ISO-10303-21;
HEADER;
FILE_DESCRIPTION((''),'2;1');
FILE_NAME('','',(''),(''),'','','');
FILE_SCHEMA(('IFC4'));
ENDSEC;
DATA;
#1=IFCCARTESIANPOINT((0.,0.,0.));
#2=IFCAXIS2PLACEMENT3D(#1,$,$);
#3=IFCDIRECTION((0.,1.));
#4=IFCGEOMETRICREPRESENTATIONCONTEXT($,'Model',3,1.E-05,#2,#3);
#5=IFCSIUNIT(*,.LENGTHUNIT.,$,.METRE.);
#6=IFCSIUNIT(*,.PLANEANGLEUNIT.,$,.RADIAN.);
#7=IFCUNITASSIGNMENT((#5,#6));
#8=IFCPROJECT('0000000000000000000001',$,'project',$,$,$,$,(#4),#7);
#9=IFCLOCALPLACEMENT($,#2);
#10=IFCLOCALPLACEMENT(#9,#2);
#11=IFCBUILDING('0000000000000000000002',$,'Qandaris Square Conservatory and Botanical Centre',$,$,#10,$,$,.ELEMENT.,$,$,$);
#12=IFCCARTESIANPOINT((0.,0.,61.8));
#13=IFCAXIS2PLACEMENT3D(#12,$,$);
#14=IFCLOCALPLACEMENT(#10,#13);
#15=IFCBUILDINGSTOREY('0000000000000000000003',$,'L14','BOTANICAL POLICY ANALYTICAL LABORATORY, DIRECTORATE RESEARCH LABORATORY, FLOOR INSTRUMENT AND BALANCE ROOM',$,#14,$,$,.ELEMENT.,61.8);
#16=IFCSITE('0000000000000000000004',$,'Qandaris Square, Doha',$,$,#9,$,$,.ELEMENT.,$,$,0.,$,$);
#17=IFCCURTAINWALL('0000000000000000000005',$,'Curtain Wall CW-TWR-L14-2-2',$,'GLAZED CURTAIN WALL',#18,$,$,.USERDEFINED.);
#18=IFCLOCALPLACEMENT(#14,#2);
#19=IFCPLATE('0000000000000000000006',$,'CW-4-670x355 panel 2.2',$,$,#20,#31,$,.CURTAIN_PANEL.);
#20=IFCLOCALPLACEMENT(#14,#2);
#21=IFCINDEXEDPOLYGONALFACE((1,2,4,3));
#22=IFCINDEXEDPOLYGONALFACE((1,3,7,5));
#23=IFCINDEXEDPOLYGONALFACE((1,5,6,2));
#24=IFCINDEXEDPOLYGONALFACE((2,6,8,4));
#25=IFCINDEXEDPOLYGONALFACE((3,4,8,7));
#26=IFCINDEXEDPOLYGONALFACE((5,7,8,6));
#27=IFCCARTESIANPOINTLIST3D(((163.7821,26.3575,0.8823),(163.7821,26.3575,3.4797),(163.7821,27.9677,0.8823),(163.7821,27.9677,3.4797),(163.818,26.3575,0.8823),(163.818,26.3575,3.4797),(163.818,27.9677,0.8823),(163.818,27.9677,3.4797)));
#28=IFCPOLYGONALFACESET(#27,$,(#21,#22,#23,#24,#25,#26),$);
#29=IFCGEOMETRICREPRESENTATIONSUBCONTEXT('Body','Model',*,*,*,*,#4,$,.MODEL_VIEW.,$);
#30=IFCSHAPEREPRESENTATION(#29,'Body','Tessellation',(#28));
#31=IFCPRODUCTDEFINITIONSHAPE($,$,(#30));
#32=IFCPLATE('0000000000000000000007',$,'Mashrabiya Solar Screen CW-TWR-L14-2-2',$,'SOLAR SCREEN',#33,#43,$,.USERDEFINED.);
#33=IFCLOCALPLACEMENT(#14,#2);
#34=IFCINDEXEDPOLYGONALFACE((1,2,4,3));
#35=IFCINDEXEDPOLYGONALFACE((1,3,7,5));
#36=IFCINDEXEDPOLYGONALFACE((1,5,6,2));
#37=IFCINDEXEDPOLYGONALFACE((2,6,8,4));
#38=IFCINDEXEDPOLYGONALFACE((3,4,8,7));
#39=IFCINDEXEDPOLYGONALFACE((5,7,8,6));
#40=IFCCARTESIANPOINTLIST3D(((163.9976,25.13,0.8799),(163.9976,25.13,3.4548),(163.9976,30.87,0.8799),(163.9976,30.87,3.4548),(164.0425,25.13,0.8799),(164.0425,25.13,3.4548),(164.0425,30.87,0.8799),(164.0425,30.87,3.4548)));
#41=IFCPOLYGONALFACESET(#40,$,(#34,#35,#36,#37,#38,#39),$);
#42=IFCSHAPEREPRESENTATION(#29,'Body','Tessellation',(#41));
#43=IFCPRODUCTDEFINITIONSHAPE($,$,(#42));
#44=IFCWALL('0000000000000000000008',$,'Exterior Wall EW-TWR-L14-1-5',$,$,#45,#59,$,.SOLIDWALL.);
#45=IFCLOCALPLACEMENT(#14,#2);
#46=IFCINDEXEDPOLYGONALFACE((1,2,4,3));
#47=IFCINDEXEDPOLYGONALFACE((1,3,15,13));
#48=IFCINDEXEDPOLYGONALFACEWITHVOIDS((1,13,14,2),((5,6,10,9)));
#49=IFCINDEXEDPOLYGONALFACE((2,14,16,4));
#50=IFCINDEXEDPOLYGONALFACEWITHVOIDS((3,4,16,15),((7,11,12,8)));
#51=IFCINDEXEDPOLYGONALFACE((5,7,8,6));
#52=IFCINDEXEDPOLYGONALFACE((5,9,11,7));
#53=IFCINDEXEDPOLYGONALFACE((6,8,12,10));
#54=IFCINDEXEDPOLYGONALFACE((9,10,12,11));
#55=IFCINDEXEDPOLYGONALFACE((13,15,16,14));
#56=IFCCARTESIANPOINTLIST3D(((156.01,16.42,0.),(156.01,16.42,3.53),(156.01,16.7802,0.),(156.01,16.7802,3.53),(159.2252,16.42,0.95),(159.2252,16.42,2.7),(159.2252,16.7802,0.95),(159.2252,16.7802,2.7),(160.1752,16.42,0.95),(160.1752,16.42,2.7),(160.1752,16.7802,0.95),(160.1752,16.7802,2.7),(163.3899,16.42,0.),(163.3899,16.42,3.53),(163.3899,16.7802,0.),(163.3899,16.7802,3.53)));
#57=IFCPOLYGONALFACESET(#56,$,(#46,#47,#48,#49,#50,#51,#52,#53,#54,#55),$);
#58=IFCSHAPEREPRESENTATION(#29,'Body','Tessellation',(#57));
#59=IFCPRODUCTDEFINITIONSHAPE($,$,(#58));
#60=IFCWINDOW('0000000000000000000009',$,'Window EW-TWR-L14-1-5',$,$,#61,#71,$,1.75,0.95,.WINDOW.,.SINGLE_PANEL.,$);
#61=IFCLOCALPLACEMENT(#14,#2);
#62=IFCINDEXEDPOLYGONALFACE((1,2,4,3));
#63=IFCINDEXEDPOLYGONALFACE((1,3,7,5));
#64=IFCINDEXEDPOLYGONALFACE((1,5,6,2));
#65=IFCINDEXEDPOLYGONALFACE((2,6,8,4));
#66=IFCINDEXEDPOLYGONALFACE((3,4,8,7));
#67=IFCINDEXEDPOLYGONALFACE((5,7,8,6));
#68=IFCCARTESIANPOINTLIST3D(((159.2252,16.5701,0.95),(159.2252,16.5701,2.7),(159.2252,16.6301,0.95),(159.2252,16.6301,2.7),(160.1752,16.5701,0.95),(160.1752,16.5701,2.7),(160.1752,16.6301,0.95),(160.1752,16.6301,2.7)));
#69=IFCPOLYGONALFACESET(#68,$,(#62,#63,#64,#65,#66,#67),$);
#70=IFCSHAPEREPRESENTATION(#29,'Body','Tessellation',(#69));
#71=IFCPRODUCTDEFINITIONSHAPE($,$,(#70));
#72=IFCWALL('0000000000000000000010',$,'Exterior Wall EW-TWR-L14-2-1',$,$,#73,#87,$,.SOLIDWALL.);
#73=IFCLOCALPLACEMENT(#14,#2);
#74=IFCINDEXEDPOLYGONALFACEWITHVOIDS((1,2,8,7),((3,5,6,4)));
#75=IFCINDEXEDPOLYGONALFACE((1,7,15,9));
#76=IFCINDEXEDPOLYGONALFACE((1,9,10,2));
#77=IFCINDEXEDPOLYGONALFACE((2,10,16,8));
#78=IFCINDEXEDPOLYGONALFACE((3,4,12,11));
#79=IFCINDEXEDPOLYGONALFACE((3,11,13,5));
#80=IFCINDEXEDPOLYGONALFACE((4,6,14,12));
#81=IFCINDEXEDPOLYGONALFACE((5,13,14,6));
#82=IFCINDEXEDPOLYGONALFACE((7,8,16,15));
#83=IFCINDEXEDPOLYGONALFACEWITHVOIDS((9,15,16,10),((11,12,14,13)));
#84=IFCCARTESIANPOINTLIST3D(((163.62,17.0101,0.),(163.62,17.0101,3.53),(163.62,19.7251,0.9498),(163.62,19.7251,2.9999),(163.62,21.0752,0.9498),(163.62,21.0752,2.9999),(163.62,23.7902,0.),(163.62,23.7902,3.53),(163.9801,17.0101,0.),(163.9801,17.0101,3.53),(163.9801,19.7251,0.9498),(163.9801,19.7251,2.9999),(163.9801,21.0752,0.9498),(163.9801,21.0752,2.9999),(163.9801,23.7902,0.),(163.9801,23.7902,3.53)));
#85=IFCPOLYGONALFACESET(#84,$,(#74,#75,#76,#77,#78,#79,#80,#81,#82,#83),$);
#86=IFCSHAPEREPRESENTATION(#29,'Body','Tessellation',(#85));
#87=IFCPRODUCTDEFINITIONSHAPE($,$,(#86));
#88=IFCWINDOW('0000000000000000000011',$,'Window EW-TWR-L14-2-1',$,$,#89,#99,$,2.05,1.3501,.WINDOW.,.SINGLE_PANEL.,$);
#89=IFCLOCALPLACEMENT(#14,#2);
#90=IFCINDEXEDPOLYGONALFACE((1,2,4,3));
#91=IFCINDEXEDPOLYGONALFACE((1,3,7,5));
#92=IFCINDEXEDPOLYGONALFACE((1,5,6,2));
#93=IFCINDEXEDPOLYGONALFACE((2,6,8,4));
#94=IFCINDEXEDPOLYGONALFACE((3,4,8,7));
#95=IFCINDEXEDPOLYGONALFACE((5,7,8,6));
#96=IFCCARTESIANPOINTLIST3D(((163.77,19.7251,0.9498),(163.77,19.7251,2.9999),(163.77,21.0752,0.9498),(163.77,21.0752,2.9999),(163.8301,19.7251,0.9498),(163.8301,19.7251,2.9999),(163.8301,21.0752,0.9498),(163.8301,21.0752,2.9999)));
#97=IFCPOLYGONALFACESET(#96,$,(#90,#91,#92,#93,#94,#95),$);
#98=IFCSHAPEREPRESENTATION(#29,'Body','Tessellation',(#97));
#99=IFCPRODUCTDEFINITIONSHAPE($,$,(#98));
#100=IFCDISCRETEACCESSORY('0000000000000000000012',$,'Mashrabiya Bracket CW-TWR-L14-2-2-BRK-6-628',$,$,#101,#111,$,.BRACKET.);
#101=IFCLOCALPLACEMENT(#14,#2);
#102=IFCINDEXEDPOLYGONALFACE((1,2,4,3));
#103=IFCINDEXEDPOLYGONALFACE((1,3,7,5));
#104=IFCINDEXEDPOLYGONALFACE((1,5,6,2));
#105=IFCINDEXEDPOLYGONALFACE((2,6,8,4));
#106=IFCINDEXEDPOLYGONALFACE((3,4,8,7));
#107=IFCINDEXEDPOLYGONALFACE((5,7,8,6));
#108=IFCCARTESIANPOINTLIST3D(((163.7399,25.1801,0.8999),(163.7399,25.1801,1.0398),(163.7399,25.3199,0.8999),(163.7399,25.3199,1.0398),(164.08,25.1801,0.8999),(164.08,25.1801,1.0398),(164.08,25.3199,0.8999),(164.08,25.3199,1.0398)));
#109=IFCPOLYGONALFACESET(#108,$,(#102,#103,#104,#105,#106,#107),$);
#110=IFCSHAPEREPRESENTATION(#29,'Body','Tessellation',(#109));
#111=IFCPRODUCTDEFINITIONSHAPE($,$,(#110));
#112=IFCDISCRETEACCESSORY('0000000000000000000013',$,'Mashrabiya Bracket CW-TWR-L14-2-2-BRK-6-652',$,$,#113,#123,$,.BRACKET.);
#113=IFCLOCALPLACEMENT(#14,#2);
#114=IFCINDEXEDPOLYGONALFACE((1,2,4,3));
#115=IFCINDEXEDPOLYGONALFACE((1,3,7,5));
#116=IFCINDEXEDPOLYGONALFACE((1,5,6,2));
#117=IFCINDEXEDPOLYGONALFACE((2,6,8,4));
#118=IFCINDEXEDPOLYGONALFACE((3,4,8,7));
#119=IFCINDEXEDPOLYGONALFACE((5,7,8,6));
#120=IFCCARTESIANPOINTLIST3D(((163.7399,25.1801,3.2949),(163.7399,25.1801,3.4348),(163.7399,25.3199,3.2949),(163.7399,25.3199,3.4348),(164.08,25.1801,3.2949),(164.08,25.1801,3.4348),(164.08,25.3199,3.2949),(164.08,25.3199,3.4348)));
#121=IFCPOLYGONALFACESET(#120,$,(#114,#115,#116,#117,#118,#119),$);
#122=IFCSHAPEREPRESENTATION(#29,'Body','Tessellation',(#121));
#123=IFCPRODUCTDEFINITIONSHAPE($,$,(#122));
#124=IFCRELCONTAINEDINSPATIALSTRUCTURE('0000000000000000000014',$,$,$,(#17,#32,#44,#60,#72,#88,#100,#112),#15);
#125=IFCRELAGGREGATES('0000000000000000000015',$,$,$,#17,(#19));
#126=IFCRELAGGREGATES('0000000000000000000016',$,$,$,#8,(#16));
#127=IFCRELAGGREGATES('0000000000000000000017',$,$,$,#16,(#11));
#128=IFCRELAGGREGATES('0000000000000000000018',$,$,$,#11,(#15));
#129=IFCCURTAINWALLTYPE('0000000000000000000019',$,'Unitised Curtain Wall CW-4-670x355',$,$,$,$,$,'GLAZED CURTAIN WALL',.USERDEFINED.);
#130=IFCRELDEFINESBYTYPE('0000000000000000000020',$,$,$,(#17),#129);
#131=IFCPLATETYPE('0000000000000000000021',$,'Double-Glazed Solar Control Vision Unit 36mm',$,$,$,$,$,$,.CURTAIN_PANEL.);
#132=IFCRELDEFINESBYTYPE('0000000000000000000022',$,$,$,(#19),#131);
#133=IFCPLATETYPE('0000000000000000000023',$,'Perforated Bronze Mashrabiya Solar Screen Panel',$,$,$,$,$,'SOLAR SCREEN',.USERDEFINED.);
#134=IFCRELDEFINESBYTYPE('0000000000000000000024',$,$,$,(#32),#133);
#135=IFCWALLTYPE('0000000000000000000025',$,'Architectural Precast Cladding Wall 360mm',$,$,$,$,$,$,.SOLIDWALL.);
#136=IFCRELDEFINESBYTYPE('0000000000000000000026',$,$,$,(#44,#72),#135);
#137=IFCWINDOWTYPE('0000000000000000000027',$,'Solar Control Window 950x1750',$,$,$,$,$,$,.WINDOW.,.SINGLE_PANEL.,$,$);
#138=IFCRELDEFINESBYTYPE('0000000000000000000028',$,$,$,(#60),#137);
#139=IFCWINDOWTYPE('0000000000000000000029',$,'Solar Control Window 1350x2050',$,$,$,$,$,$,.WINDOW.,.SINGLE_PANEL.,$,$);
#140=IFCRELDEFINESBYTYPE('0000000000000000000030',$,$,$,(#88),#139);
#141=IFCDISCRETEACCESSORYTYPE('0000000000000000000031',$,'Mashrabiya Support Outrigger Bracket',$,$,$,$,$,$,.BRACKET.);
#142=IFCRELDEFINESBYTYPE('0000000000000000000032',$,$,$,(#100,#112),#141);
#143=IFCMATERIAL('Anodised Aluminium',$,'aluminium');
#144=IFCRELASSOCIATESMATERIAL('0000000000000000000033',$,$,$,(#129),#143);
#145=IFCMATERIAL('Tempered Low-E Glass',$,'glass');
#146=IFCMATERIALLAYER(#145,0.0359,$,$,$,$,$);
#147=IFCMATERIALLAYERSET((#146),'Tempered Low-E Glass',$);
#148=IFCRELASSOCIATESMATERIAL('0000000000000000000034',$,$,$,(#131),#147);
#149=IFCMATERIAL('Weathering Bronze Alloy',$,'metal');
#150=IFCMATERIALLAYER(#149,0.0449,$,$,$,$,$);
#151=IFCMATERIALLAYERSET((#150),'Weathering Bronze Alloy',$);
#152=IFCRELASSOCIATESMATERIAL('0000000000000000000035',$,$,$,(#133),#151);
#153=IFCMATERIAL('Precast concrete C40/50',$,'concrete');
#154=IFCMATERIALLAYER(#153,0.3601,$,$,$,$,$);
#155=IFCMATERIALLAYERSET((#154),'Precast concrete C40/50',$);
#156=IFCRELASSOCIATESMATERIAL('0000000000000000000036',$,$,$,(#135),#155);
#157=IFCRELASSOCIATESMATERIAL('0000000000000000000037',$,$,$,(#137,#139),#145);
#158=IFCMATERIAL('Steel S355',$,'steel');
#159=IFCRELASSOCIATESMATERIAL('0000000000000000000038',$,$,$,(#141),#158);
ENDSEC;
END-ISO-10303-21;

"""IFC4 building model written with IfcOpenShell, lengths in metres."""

from ifc_helpers import new_model, si_unit, direction, frame, frame_2d, origin, origin_2d, place, context, subcontext, project, spatial, rectangle, extrude, material, layer, layer_set, type_object, element, fill, aggregate, save


model = new_model("IFC4")

# Units and contexts
model_context = context("Model", 3, precision=1e-05, world=origin(), true_north=direction((0.0, 1.0)))
body_context = subcontext(model_context, "Body", "Model", "MODEL_VIEW")
ifc_project = project(units=[si_unit("LENGTHUNIT", "METRE"), si_unit("PLANEANGLEUNIT", "RADIAN")], contexts=[model_context])

# Site, building, storey
site_placement = place(None, origin())
site = spatial("IfcSite", under=ifc_project, at=site_placement, Name="Qandaris Square, Doha", CompositionType="ELEMENT", RefElevation=0.0)
building_placement = place(site_placement, origin())
building = spatial("IfcBuilding", under=site, at=building_placement, Name="Qandaris Square Conservatory and Botanical Centre", CompositionType="ELEMENT")
storey_placement = place(building_placement, frame((0.0, 0.0, 61.8)))
storey = spatial("IfcBuildingStorey", under=building, at=storey_placement, Name="L14", Description="BOTANICAL POLICY ANALYTICAL LABORATORY, DIRECTORATE RESEARCH LABORATORY, FLOOR INSTRUMENT AND BALANCE ROOM", CompositionType="ELEMENT", Elevation=61.8)

# Shared definitions
ifc_material_1 = material(Name="Steel S355", Category="steel")

# Curtain wall
ifc_material_2 = material(Name="Anodised Aluminium", Category="aluminium")
curtain_wall_type = type_object("IfcCurtainWallType", Name="Unitised Curtain Wall CW-4-670x355", ElementType="GLAZED CURTAIN WALL", PredefinedType="USERDEFINED", material=ifc_material_2)
curtain_wall_placement = place(storey_placement, origin())
curtain_wall = element("IfcCurtainWall", 1, at=curtain_wall_placement, inside=storey, type_object=curtain_wall_type, Name="Curtain Wall CW-TWR-L14-2-2", ObjectType="GLAZED CURTAIN WALL", PredefinedType="USERDEFINED")

# Plates
ifc_material_3 = material(Name="Tempered Low-E Glass", Category="glass")
ifc_layer_1 = layer(ifc_material_3, 0.0359)
ifc_layer_set_1 = layer_set([ifc_layer_1], Name="Tempered Low-E Glass")
plate_type_1 = type_object("IfcPlateType", Name="Double-Glazed Solar Control Vision Unit 36mm", PredefinedType="CURTAIN_PANEL", material=ifc_layer_set_1)
plate_1_placement = place(storey_placement, frame((163.8, 27.1626, 0.8823), z_axis=(0.0, 0.0, 1.0), x_axis=(0.0, 1.0, 0.0)))
plate_1 = element("IfcPlate", 2, at=plate_1_placement, type_object=plate_type_1, Name="CW-4-670x355 panel 2.2", PredefinedType="CURTAIN_PANEL", context=body_context, shape_type="SweptSolid", body=[
    extrude(rectangle(XDim=1.6101, YDim=0.0359, at=origin_2d()), origin(), (0.0, 0.0, 1.0), 2.5974),
])
aggregate(curtain_wall, [plate_1])
ifc_material_4 = material(Name="Weathering Bronze Alloy", Category="metal")
ifc_layer_2 = layer(ifc_material_4, 0.0449)
ifc_layer_set_2 = layer_set([ifc_layer_2], Name="Weathering Bronze Alloy")
plate_type_2 = type_object("IfcPlateType", Name="Perforated Bronze Mashrabiya Solar Screen Panel", ElementType="SOLAR SCREEN", PredefinedType="USERDEFINED", material=ifc_layer_set_2)
plate_2_placement = place(storey_placement, frame((164.02, 28.0, 0.8799), z_axis=(0.0, 0.0, 1.0), x_axis=(0.0, 1.0, 0.0)))
element("IfcPlate", 3, at=plate_2_placement, inside=storey, type_object=plate_type_2, Name="Mashrabiya Solar Screen CW-TWR-L14-2-2", ObjectType="SOLAR SCREEN", PredefinedType="USERDEFINED", context=body_context, shape_type="SweptSolid", body=[
    extrude(rectangle(XDim=5.74, YDim=0.0449, at=origin_2d()), origin(), (0.0, 0.0, 1.0), 2.575),
])

# Walls, openings, windows
ifc_material_5 = material(Name="Precast concrete C40/50", Category="concrete")
ifc_layer_3 = layer(ifc_material_5, 0.3601)
ifc_layer_set_3 = layer_set([ifc_layer_3], Name="Precast concrete C40/50")
wall_type = type_object("IfcWallType", Name="Architectural Precast Cladding Wall 360mm", PredefinedType="SOLIDWALL", material=ifc_layer_set_3)
wall_1_placement = place(storey_placement, frame((156.01, 16.6001, 0.0), z_axis=(0.0, 0.0, 1.0), x_axis=(1.0, 0.0, 0.0)))
wall_1 = element("IfcWall", 4, at=wall_1_placement, inside=storey, type_object=wall_type, Name="Exterior Wall EW-TWR-L14-1-5", PredefinedType="SOLIDWALL", context=body_context, shape_type="SweptSolid", body=[
    extrude(rectangle(XDim=7.3799, YDim=0.3601, at=frame_2d((3.6899, 0.0))), origin(), (0.0, 0.0, 1.0), 3.53),
])
opening_1_placement = place(wall_1_placement, frame((3.2151, 0.0, 0.95)))
opening_1 = element("IfcOpeningElement", 5, at=opening_1_placement, cuts=wall_1, PredefinedType="OPENING", context=body_context, shape_type="SweptSolid", body=[
    extrude(rectangle(XDim=0.95, YDim=1.75, at=frame_2d((0.4751, 0.875))), frame((0.0, 0.1919, 0.0), z_axis=(0.0, -1.0, 0.0), x_axis=(1.0, 0.0, 0.0)), (0.0, 0.0, 1.0), 0.384),
])
window_type_1 = type_object("IfcWindowType", Name="Solar Control Window 950x1750", PartitioningType="SINGLE_PANEL", PredefinedType="WINDOW", material=ifc_material_3)
window_1_placement = place(opening_1_placement, origin())
window_1 = element("IfcWindow", 6, at=window_1_placement, inside=storey, type_object=window_type_1, Name="Window EW-TWR-L14-1-5", OverallHeight=1.75, OverallWidth=0.95, PartitioningType="SINGLE_PANEL", PredefinedType="WINDOW", context=body_context, shape_type="SweptSolid", body=[
    extrude(rectangle(XDim=0.95, YDim=1.75, at=frame_2d((0.4751, 0.875))), frame((0.0, 0.03, 0.0), z_axis=(0.0, -1.0, 0.0), x_axis=(1.0, 0.0, 0.0)), (0.0, 0.0, 1.0), 0.0601),
])
fill(opening_1, window_1)
wall_2_placement = place(storey_placement, frame((163.8, 17.01, 0.0), z_axis=(0.0, 0.0, 1.0), x_axis=(0.0, 1.0, 0.0)))
wall_2 = element("IfcWall", 7, at=wall_2_placement, inside=storey, type_object=wall_type, Name="Exterior Wall EW-TWR-L14-2-1", PredefinedType="SOLIDWALL", context=body_context, shape_type="SweptSolid", body=[
    extrude(rectangle(XDim=6.78, YDim=0.3601, at=frame_2d((3.3901, 0.0))), origin(), (0.0, 0.0, 1.0), 3.53),
])
opening_2_placement = place(wall_2_placement, frame((2.7151, 0.0, 0.95)))
opening_2 = element("IfcOpeningElement", 8, at=opening_2_placement, cuts=wall_2, PredefinedType="OPENING", context=body_context, shape_type="SweptSolid", body=[
    extrude(rectangle(XDim=1.3501, YDim=2.05, at=frame_2d((0.675, 1.0249))), frame((0.0, 0.1919, 0.0), z_axis=(0.0, -1.0, 0.0), x_axis=(1.0, 0.0, 0.0)), (0.0, 0.0, 1.0), 0.384),
])
window_type_2 = type_object("IfcWindowType", Name="Solar Control Window 1350x2050", PartitioningType="SINGLE_PANEL", PredefinedType="WINDOW", material=ifc_material_3)
window_2_placement = place(opening_2_placement, origin())
window_2 = element("IfcWindow", 9, at=window_2_placement, inside=storey, type_object=window_type_2, Name="Window EW-TWR-L14-2-1", OverallHeight=2.05, OverallWidth=1.3501, PartitioningType="SINGLE_PANEL", PredefinedType="WINDOW", context=body_context, shape_type="SweptSolid", body=[
    extrude(rectangle(XDim=1.3501, YDim=2.05, at=frame_2d((0.675, 1.0249))), frame((0.0, 0.03, 0.0), z_axis=(0.0, -1.0, 0.0), x_axis=(1.0, 0.0, 0.0)), (0.0, 0.0, 1.0), 0.0601),
])
fill(opening_2, window_2)

# Discrete accessories
discrete_accessory_type = type_object("IfcDiscreteAccessoryType", Name="Mashrabiya Support Outrigger Bracket", PredefinedType="BRACKET", material=ifc_material_1)
for number, where, z_axis, x_axis, name in (
    (10, (163.9099, 25.25, 0.8999), (0.0, 0.0, 1.0), (0.0, 1.0, 0.0), "Mashrabiya Bracket CW-TWR-L14-2-2-BRK-6-628"),
    (11, (163.9099, 25.25, 3.2949), (0.0, 0.0, 1.0), (0.0, 1.0, 0.0), "Mashrabiya Bracket CW-TWR-L14-2-2-BRK-6-652"),
):
    element("IfcDiscreteAccessory", number, at=place(storey_placement, frame(where, z_axis=z_axis, x_axis=x_axis)), inside=storey, type_object=discrete_accessory_type, Name=name, PredefinedType="BRACKET", context=body_context, shape_type="SweptSolid", body=[
        extrude(rectangle(XDim=0.1399, YDim=0.3401, at=origin_2d()), origin(), (0.0, 0.0, 1.0), 0.1399),
    ])

save(model, "model.ifc")
